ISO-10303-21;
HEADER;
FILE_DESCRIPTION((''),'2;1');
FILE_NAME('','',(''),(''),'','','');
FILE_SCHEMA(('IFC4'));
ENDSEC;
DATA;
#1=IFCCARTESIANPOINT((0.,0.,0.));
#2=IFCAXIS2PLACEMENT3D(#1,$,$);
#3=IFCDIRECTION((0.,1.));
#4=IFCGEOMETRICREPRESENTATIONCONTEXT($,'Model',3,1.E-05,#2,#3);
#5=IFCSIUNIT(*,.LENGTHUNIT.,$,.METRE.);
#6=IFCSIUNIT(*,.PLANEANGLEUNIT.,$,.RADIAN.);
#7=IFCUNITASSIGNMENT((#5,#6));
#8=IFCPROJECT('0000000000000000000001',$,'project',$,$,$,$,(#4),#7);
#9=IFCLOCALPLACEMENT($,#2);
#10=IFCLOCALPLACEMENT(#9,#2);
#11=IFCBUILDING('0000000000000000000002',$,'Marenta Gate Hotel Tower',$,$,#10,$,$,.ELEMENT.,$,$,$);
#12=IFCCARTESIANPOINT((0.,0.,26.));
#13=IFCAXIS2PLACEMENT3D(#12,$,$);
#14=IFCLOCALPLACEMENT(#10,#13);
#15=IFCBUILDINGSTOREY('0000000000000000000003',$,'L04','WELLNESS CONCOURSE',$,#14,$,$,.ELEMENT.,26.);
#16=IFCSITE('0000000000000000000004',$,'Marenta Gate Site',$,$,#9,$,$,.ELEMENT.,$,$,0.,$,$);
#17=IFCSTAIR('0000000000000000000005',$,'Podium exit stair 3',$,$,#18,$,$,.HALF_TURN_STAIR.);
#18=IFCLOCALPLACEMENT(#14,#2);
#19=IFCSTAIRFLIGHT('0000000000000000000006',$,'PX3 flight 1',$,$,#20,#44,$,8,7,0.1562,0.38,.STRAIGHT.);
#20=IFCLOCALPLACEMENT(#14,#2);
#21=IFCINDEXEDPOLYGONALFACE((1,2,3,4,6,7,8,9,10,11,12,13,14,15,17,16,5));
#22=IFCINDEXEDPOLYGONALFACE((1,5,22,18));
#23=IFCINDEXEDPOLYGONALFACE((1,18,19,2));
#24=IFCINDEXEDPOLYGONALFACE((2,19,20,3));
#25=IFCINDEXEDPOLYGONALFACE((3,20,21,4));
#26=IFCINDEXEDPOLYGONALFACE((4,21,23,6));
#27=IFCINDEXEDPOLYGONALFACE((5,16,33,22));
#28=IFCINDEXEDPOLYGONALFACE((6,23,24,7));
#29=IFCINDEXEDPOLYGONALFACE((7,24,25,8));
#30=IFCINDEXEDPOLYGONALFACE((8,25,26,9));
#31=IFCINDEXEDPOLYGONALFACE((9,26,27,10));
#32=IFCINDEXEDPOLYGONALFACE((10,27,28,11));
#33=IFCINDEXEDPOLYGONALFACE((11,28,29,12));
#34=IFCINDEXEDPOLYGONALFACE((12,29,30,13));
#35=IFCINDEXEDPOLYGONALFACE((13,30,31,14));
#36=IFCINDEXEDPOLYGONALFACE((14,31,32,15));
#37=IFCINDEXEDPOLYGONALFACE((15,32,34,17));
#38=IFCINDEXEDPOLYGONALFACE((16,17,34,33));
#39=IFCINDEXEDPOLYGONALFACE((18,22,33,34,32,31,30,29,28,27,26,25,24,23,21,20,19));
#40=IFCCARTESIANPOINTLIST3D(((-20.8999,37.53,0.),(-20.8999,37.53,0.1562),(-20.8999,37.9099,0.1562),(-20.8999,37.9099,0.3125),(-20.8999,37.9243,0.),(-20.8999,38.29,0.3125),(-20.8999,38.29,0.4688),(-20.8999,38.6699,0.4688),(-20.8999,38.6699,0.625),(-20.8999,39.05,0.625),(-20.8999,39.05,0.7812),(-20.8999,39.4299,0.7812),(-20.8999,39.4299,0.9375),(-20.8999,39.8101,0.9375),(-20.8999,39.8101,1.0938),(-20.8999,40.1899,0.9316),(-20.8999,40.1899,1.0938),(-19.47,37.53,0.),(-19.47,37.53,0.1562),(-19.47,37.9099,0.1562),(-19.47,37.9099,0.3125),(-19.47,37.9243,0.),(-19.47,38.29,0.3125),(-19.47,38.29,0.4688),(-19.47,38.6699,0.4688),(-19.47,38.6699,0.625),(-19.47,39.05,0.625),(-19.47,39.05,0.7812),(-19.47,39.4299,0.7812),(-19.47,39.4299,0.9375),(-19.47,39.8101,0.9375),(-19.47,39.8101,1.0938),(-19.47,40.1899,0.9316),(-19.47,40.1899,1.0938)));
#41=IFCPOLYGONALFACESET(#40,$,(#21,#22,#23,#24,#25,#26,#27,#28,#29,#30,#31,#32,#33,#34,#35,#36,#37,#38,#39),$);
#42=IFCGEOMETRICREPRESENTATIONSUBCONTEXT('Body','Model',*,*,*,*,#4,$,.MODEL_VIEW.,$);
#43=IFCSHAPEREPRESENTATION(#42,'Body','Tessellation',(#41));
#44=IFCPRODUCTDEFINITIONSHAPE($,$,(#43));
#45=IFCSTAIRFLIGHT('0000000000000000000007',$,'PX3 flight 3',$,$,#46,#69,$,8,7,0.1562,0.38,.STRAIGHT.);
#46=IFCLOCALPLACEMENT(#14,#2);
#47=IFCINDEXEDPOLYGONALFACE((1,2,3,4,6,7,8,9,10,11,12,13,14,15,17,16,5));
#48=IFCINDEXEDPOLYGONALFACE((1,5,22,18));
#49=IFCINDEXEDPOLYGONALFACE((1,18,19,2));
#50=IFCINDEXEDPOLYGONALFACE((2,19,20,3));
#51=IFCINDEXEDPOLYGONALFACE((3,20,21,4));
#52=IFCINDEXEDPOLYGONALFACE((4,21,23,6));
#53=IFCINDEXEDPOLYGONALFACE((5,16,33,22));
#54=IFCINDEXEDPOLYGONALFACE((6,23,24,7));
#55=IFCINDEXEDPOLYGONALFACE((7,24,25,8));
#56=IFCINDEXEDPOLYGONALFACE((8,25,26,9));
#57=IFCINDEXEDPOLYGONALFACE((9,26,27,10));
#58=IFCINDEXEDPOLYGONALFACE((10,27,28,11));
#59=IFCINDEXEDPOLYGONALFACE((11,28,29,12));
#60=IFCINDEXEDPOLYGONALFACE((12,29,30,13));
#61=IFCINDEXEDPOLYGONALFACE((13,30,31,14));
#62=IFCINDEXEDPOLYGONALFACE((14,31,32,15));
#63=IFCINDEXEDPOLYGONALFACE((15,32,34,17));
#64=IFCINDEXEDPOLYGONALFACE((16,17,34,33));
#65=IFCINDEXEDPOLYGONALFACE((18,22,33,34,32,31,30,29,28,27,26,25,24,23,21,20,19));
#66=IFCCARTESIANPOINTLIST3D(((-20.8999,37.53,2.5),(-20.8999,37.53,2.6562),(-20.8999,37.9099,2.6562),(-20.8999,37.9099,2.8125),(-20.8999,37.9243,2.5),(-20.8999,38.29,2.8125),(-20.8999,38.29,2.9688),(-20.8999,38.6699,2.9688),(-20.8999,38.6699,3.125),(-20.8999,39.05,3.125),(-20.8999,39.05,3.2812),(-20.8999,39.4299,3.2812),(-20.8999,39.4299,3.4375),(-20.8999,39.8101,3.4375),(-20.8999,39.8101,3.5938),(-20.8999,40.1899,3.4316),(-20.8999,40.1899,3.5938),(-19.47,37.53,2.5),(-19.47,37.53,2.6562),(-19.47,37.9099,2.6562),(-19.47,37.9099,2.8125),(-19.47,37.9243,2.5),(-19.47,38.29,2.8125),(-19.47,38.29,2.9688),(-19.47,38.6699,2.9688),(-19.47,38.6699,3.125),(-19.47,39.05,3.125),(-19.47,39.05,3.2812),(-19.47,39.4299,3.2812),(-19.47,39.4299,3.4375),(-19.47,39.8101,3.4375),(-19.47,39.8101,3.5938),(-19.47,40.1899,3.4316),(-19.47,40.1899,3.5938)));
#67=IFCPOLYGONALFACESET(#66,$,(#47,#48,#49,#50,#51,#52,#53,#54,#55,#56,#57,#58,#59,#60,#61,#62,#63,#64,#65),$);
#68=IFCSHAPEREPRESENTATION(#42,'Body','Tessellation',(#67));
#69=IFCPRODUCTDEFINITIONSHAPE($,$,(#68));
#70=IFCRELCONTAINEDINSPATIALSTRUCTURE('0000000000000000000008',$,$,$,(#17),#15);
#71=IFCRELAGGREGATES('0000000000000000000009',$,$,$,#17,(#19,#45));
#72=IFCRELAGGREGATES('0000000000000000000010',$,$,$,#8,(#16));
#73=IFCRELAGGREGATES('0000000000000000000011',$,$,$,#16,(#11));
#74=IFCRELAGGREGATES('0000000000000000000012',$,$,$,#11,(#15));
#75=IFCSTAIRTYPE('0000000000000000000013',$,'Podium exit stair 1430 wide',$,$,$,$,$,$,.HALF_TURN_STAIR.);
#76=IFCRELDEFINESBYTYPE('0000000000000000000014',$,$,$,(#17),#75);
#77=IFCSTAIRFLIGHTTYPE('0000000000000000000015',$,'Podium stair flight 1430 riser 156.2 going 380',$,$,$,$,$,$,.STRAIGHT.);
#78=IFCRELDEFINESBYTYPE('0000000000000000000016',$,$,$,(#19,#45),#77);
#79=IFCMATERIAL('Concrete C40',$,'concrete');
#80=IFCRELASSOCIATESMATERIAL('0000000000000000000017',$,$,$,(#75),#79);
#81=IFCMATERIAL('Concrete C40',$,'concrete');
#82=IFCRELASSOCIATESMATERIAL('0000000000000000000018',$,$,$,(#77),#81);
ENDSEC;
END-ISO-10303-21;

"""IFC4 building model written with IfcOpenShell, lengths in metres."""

from ifc_helpers import new_model, si_unit, direction, frame, origin, place, context, subcontext, project, spatial, polyline, outline, extrude, material, type_object, element, aggregate, save


model = new_model("IFC4")

# Units and contexts
model_context = context("Model", 3, precision=1e-05, world=origin(), true_north=direction((0.0, 1.0)))
body_context = subcontext(model_context, "Body", "Model", "MODEL_VIEW")
ifc_project = project(units=[si_unit("LENGTHUNIT", "METRE"), si_unit("PLANEANGLEUNIT", "RADIAN")], contexts=[model_context])

# Site, building, storey
site_placement = place(None, origin())
site = spatial("IfcSite", under=ifc_project, at=site_placement, Name="Marenta Gate Site", CompositionType="ELEMENT", RefElevation=0.0)
building_placement = place(site_placement, origin())
building = spatial("IfcBuilding", under=site, at=building_placement, Name="Marenta Gate Hotel Tower", CompositionType="ELEMENT")
storey_placement = place(building_placement, frame((0.0, 0.0, 26.0)))
storey = spatial("IfcBuildingStorey", under=building, at=storey_placement, Name="L04", Description="WELLNESS CONCOURSE", CompositionType="ELEMENT", Elevation=26.0)

# Stair, stair flights
ifc_material_1 = material(Name="Concrete C40", Category="concrete")
stair_type = type_object("IfcStairType", Name="Podium exit stair 1430 wide", PredefinedType="HALF_TURN_STAIR", material=ifc_material_1)
stair_placement = place(storey_placement, origin())
stair = element("IfcStair", 1, at=stair_placement, inside=storey, type_object=stair_type, Name="Podium exit stair 3", PredefinedType="HALF_TURN_STAIR")
ifc_material_2 = material(Name="Concrete C40", Category="concrete")
stair_flight_type = type_object("IfcStairFlightType", Name="Podium stair flight 1430 riser 156.2 going 380", PredefinedType="STRAIGHT", material=ifc_material_2)
stair_flight_1_placement = place(storey_placement, frame((-20.1851, 37.53, 0.0), z_axis=(0.0, 0.0, 1.0), x_axis=(0.0, 1.0, 0.0)))
stair_flight_1 = element("IfcStairFlight", 2, at=stair_flight_1_placement, type_object=stair_flight_type, Name="PX3 flight 1", NumberOfRisers=8, NumberOfTreads=7, PredefinedType="STRAIGHT", RiserHeight=0.1562, TreadLength=0.38, context=body_context, shape_type="SweptSolid", body=[
    extrude(outline(polyline([(0.0, 0.0), (0.0, 0.1562), (0.3799, 0.1562), (0.3799, 0.3125), (0.76, 0.3125), (0.76, 0.4688), (1.1399, 0.4688), (1.1399, 0.625), (1.52, 0.625), (1.52, 0.7812), (1.8999, 0.7812), (1.8999, 0.9375), (2.28, 0.9375), (2.28, 1.0938), (2.6599, 1.0938), (2.6599, 1.25), (2.6599, 0.9316), (0.3943, 0.0), (0.0, 0.0)])), frame((0.0, 0.7148, 0.0), z_axis=(0.0, -1.0, 0.0), x_axis=(1.0, 0.0, 0.0)), (0.0, 0.0, 1.0), 1.4299),
])
stair_flight_2_placement = place(storey_placement, frame((-20.1851, 37.53, 2.5), z_axis=(0.0, 0.0, 1.0), x_axis=(0.0, 1.0, 0.0)))
stair_flight_2 = element("IfcStairFlight", 3, at=stair_flight_2_placement, type_object=stair_flight_type, Name="PX3 flight 3", NumberOfRisers=8, NumberOfTreads=7, PredefinedType="STRAIGHT", RiserHeight=0.1562, TreadLength=0.38, context=body_context, shape_type="SweptSolid", body=[
    extrude(outline(polyline([(0.0, 0.0), (0.0, 0.1562), (0.3799, 0.1562), (0.3799, 0.3125), (0.76, 0.3125), (0.76, 0.4688), (1.1399, 0.4688), (1.1399, 0.625), (1.52, 0.625), (1.52, 0.7812), (1.8999, 0.7812), (1.8999, 0.9375), (2.28, 0.9375), (2.28, 1.0938), (2.6599, 1.0938), (2.6599, 1.25), (2.6599, 0.9316), (0.3943, 0.0), (0.0, 0.0)])), frame((0.0, 0.7148, 0.0), z_axis=(0.0, -1.0, 0.0), x_axis=(1.0, 0.0, 0.0)), (0.0, 0.0, 1.0), 1.4299),
])
aggregate(stair, [stair_flight_1, stair_flight_2])

save(model, "model.ifc")
